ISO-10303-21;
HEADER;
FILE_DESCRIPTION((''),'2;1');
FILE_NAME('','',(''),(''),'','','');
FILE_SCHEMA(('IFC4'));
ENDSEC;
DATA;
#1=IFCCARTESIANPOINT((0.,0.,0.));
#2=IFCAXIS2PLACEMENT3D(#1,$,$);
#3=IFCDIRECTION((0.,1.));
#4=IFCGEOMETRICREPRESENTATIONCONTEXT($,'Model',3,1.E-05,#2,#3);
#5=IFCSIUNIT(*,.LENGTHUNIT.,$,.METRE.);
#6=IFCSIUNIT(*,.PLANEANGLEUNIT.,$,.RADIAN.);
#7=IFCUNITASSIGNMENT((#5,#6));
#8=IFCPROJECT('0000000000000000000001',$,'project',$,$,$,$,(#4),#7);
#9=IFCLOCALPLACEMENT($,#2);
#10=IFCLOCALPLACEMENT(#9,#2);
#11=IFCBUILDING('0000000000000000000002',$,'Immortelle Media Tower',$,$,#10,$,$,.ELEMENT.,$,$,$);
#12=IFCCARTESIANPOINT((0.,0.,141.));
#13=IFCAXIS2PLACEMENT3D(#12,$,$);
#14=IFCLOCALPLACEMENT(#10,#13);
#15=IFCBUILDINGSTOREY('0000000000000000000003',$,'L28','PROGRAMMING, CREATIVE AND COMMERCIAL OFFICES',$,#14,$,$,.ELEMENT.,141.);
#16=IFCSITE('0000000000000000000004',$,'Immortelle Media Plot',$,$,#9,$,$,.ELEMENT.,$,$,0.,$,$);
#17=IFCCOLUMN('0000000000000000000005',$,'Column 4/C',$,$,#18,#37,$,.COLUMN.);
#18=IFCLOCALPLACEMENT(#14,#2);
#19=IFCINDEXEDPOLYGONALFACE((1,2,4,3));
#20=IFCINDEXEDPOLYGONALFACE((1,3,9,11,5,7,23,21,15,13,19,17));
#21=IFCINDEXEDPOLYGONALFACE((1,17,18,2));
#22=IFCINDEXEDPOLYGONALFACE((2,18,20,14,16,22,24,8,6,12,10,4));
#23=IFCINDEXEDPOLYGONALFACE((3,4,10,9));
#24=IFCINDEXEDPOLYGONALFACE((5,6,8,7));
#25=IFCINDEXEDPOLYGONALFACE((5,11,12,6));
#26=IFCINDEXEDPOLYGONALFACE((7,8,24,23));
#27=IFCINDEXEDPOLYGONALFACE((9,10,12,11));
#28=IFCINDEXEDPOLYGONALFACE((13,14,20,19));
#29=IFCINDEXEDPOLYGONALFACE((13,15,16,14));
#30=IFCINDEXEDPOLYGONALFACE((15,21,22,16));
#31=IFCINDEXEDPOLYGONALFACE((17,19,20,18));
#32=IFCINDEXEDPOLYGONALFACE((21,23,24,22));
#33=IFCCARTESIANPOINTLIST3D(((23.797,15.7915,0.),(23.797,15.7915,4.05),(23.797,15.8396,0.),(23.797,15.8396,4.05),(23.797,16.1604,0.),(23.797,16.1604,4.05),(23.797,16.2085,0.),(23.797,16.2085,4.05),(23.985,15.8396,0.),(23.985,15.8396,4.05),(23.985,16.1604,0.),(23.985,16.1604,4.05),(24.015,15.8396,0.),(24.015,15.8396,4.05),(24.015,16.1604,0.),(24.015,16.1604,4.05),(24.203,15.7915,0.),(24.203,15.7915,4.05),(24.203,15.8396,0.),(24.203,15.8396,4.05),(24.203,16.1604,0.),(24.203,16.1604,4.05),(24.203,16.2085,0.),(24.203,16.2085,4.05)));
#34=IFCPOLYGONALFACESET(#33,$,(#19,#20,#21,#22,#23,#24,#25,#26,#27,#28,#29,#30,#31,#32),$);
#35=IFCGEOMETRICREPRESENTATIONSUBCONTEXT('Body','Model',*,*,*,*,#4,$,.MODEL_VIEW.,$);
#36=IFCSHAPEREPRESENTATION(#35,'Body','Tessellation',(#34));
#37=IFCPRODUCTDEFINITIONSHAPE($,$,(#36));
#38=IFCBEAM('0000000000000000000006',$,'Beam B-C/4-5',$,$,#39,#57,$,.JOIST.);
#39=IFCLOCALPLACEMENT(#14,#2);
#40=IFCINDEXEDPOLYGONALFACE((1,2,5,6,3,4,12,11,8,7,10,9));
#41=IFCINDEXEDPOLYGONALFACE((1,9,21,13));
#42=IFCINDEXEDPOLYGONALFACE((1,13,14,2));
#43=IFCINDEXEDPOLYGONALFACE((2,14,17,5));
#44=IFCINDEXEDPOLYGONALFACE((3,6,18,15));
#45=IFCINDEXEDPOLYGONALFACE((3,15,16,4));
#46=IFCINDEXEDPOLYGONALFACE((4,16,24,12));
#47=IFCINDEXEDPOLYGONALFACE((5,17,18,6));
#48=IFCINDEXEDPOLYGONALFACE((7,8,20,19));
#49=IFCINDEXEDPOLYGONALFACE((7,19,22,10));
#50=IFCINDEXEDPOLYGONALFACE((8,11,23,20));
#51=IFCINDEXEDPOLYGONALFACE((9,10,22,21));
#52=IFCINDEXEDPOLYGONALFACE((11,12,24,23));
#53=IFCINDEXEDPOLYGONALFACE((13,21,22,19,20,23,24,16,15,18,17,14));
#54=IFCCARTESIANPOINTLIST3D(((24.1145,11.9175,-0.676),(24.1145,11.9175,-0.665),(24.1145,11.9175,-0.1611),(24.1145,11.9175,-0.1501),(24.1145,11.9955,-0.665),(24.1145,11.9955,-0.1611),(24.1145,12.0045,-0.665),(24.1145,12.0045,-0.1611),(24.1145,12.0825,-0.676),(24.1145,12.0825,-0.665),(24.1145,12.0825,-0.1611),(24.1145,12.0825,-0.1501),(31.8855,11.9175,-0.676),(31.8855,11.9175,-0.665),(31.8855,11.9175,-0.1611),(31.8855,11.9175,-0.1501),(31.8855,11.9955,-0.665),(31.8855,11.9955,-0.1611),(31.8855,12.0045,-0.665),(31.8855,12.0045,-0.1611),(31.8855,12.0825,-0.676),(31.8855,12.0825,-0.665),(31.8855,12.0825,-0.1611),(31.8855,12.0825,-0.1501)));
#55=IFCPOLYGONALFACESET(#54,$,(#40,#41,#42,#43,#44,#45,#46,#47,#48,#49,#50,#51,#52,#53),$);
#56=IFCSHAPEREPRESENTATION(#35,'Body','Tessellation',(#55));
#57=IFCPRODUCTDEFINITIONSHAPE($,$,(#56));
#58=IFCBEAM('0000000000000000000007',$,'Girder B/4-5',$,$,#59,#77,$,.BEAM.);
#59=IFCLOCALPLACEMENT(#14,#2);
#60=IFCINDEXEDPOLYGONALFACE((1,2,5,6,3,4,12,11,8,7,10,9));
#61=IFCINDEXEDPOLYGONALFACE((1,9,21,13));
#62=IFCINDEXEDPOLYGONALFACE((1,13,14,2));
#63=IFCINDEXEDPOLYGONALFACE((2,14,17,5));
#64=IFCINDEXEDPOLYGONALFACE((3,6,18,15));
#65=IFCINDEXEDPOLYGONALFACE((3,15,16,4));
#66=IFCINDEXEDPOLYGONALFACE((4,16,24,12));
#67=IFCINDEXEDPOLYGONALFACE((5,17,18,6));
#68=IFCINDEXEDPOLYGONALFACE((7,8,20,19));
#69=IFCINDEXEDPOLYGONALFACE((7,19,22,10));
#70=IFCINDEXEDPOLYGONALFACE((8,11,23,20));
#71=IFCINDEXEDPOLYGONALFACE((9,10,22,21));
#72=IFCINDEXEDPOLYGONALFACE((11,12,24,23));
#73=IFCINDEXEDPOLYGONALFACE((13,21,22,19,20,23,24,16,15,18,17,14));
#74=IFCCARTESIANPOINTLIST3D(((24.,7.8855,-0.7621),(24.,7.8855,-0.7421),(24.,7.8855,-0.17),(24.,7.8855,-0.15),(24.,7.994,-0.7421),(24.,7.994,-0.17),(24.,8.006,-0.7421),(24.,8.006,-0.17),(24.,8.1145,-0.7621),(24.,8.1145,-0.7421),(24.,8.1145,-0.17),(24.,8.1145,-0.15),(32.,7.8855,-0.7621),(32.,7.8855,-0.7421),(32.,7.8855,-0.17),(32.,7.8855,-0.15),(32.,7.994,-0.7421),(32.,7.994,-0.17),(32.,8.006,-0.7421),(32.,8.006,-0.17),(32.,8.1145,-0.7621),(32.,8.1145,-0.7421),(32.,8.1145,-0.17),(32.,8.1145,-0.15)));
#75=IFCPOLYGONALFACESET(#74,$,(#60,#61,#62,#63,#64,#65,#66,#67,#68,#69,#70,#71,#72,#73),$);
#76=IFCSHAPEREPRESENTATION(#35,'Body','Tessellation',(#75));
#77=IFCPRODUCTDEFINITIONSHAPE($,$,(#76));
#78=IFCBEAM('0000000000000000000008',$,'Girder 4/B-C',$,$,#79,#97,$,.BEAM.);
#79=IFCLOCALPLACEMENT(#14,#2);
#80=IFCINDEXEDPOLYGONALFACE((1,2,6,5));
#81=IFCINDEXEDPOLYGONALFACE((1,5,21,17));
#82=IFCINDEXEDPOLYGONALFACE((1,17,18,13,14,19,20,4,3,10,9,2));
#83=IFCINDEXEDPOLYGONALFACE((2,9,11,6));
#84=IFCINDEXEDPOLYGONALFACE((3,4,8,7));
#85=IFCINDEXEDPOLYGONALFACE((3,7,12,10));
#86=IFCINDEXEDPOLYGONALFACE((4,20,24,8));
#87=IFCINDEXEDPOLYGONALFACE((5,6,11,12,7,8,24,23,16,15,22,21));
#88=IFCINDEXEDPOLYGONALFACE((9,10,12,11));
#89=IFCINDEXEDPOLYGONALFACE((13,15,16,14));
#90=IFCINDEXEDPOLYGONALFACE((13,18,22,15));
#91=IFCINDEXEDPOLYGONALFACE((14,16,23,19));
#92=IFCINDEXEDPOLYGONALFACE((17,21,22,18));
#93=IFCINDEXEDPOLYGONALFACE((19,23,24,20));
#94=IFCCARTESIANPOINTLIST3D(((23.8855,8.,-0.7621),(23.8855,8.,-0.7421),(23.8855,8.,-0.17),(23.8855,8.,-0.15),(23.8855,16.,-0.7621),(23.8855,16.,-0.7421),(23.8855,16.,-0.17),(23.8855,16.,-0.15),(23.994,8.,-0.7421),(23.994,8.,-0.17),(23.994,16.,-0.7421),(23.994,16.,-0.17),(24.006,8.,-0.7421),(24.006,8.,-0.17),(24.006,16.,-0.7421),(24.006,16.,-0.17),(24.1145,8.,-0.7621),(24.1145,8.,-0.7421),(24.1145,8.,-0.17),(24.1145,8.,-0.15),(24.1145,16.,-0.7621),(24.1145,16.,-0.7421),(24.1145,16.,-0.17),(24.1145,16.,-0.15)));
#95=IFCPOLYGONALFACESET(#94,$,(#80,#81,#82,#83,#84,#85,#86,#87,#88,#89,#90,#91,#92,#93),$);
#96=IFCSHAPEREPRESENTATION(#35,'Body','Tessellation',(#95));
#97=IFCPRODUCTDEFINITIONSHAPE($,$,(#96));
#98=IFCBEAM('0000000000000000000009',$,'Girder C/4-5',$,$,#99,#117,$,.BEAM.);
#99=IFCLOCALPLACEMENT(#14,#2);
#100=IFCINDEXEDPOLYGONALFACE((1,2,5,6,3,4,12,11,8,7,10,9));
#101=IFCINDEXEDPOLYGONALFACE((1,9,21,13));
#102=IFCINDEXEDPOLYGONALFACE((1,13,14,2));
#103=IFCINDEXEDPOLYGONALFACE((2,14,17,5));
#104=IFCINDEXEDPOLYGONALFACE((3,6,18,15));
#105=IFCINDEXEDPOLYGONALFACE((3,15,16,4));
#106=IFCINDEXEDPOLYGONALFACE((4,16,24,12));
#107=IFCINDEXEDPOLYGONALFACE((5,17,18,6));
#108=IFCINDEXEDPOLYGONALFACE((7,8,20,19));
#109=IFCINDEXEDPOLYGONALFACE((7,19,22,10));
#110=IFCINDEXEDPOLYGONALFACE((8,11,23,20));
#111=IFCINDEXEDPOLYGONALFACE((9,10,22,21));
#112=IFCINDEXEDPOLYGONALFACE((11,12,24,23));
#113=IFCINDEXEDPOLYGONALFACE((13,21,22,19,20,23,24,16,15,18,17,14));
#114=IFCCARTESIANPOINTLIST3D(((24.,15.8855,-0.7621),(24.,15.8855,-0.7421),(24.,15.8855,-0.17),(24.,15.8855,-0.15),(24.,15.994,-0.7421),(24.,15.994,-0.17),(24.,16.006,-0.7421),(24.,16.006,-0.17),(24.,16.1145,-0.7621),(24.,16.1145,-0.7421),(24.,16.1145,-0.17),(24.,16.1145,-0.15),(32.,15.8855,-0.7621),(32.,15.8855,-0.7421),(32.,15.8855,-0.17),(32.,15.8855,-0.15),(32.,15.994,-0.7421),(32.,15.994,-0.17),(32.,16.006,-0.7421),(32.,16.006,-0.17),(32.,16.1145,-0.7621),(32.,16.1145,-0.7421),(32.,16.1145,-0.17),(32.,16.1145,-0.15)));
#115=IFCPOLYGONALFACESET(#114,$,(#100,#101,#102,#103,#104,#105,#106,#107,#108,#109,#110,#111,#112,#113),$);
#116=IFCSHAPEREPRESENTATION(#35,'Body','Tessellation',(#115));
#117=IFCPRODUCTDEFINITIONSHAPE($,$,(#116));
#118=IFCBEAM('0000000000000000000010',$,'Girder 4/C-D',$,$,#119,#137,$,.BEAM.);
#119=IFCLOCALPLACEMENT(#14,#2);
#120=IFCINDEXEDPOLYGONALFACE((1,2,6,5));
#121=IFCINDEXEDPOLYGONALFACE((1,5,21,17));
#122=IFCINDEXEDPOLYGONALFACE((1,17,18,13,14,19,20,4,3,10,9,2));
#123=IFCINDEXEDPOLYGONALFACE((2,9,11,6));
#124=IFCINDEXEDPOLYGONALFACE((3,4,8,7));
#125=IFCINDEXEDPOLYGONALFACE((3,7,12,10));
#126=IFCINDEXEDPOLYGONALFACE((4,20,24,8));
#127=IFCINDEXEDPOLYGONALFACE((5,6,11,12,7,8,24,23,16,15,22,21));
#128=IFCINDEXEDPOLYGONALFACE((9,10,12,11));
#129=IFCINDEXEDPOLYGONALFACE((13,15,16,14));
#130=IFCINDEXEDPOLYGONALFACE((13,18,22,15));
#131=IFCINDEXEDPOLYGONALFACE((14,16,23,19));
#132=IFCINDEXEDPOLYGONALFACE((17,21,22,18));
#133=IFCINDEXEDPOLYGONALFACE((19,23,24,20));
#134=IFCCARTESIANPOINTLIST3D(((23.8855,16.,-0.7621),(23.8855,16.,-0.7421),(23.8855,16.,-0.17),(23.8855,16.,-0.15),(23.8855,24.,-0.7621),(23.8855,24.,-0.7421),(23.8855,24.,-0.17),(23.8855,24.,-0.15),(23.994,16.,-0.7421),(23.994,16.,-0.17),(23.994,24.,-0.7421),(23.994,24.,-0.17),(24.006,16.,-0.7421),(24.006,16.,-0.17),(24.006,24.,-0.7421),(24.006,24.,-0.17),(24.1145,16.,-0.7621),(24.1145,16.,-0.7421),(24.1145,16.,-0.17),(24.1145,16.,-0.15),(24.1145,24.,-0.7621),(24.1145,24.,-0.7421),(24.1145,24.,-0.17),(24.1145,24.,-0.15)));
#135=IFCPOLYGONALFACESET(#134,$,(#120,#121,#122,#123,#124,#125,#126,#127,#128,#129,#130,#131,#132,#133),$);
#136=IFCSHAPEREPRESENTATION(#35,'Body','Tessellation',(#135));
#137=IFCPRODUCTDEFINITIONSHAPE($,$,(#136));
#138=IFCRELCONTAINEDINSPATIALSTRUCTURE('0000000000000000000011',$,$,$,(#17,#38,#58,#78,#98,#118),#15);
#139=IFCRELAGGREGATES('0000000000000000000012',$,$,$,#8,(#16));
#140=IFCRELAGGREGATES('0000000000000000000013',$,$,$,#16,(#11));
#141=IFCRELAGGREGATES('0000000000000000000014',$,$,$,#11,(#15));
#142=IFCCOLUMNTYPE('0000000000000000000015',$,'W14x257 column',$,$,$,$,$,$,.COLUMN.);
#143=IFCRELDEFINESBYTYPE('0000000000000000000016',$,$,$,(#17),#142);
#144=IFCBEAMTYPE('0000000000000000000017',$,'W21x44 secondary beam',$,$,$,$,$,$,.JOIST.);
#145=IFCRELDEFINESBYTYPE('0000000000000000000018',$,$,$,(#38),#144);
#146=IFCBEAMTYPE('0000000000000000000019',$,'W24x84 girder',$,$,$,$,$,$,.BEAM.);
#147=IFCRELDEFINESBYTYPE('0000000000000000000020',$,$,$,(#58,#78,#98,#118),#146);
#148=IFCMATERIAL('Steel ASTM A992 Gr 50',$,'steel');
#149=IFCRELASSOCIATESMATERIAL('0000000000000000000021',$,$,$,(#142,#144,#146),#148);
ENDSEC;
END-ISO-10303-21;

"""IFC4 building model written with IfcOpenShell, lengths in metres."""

from ifc_helpers import new_model, si_unit, direction, frame, origin, origin_2d, place, context, subcontext, project, spatial, i_section, extrude, material, material_profile, profile_set, type_object, element, save


model = new_model("IFC4")

# Units and contexts
model_context = context("Model", 3, precision=1e-05, world=origin(), true_north=direction((0.0, 1.0)))
body_context = subcontext(model_context, "Body", "Model", "MODEL_VIEW")
ifc_project = project(units=[si_unit("LENGTHUNIT", "METRE"), si_unit("PLANEANGLEUNIT", "RADIAN")], contexts=[model_context])

# Site, building, storey
site_placement = place(None, origin())
site = spatial("IfcSite", under=ifc_project, at=site_placement, Name="Immortelle Media Plot", CompositionType="ELEMENT", RefElevation=0.0)
building_placement = place(site_placement, origin())
building = spatial("IfcBuilding", under=site, at=building_placement, Name="Immortelle Media Tower", CompositionType="ELEMENT")
storey_placement = place(building_placement, frame((0.0, 0.0, 141.0)))
storey = spatial("IfcBuildingStorey", under=building, at=storey_placement, Name="L28", Description="PROGRAMMING, CREATIVE AND COMMERCIAL OFFICES", CompositionType="ELEMENT", Elevation=141.0)

# Column
ifc_material_1 = material(Name="Steel ASTM A992 Gr 50", Category="steel")
ifc_material_profile_1 = material_profile(ifc_material_1, i_section(OverallWidth=0.406, OverallDepth=0.417, WebThickness=0.03, FlangeThickness=0.0481, at=origin_2d()), Name="W14x257")
ifc_profile_set_1 = profile_set([ifc_material_profile_1], Name="Steel ASTM A992 Gr 50")
column_type = type_object("IfcColumnType", Name="W14x257 column", PredefinedType="COLUMN", material=ifc_profile_set_1)
column_placement = place(storey_placement, frame((24.0, 16.0, 0.0), z_axis=(0.0, 0.0, 1.0), x_axis=(1.0, 0.0, 0.0)))
element("IfcColumn", 1, at=column_placement, inside=storey, type_object=column_type, Name="Column 4/C", PredefinedType="COLUMN", context=body_context, shape_type="SweptSolid", body=[
    extrude(i_section(OverallWidth=0.406, OverallDepth=0.417, WebThickness=0.03, FlangeThickness=0.0481, at=origin_2d()), origin(), (0.0, 0.0, 1.0), 4.05),
])

# Beams
ifc_material_profile_2 = material_profile(ifc_material_1, i_section(OverallWidth=0.165, OverallDepth=0.5259, WebThickness=0.009, FlangeThickness=0.011, at=origin_2d()), Name="W21x44")
ifc_profile_set_2 = profile_set([ifc_material_profile_2], Name="Steel ASTM A992 Gr 50")
beam_type_1 = type_object("IfcBeamType", Name="W21x44 secondary beam", PredefinedType="JOIST", material=ifc_profile_set_2)
beam_placement = place(storey_placement, frame((24.1145, 12.0, -0.4131), z_axis=(1.0, 0.0, 0.0), x_axis=(0.0, 1.0, 0.0)))
element("IfcBeam", 2, at=beam_placement, inside=storey, type_object=beam_type_1, Name="Beam B-C/4-5", PredefinedType="JOIST", context=body_context, shape_type="SweptSolid", body=[
    extrude(i_section(OverallWidth=0.165, OverallDepth=0.5259, WebThickness=0.009, FlangeThickness=0.011, at=origin_2d()), origin(), (0.0, 0.0, 1.0), 7.771),
])
ifc_material_profile_3 = material_profile(ifc_material_1, i_section(OverallWidth=0.229, OverallDepth=0.6121, WebThickness=0.012, FlangeThickness=0.02, at=origin_2d()), Name="W24x84")
ifc_profile_set_3 = profile_set([ifc_material_profile_3], Name="Steel ASTM A992 Gr 50")
beam_type_2 = type_object("IfcBeamType", Name="W24x84 girder", PredefinedType="BEAM", material=ifc_profile_set_3)
for number, where, z_axis, x_axis, name in (
    (3, (24.0, 8.0, -0.4561), (1.0, 0.0, 0.0), (0.0, 1.0, 0.0), "Girder B/4-5"),
    (4, (24.0, 8.0, -0.4561), (0.0, 1.0, 0.0), (-1.0, 0.0, 0.0), "Girder 4/B-C"),
    (5, (24.0, 16.0, -0.4561), (1.0, 0.0, 0.0), (0.0, 1.0, 0.0), "Girder C/4-5"),
    (6, (24.0, 16.0, -0.4561), (0.0, 1.0, 0.0), (-1.0, 0.0, 0.0), "Girder 4/C-D"),
):
    element("IfcBeam", number, at=place(storey_placement, frame(where, z_axis=z_axis, x_axis=x_axis)), inside=storey, type_object=beam_type_2, Name=name, PredefinedType="BEAM", context=body_context, shape_type="SweptSolid", body=[
        extrude(i_section(OverallWidth=0.229, OverallDepth=0.6121, WebThickness=0.012, FlangeThickness=0.02, at=origin_2d()), origin(), (0.0, 0.0, 1.0), 8.0),
    ])

save(model, "model.ifc")
